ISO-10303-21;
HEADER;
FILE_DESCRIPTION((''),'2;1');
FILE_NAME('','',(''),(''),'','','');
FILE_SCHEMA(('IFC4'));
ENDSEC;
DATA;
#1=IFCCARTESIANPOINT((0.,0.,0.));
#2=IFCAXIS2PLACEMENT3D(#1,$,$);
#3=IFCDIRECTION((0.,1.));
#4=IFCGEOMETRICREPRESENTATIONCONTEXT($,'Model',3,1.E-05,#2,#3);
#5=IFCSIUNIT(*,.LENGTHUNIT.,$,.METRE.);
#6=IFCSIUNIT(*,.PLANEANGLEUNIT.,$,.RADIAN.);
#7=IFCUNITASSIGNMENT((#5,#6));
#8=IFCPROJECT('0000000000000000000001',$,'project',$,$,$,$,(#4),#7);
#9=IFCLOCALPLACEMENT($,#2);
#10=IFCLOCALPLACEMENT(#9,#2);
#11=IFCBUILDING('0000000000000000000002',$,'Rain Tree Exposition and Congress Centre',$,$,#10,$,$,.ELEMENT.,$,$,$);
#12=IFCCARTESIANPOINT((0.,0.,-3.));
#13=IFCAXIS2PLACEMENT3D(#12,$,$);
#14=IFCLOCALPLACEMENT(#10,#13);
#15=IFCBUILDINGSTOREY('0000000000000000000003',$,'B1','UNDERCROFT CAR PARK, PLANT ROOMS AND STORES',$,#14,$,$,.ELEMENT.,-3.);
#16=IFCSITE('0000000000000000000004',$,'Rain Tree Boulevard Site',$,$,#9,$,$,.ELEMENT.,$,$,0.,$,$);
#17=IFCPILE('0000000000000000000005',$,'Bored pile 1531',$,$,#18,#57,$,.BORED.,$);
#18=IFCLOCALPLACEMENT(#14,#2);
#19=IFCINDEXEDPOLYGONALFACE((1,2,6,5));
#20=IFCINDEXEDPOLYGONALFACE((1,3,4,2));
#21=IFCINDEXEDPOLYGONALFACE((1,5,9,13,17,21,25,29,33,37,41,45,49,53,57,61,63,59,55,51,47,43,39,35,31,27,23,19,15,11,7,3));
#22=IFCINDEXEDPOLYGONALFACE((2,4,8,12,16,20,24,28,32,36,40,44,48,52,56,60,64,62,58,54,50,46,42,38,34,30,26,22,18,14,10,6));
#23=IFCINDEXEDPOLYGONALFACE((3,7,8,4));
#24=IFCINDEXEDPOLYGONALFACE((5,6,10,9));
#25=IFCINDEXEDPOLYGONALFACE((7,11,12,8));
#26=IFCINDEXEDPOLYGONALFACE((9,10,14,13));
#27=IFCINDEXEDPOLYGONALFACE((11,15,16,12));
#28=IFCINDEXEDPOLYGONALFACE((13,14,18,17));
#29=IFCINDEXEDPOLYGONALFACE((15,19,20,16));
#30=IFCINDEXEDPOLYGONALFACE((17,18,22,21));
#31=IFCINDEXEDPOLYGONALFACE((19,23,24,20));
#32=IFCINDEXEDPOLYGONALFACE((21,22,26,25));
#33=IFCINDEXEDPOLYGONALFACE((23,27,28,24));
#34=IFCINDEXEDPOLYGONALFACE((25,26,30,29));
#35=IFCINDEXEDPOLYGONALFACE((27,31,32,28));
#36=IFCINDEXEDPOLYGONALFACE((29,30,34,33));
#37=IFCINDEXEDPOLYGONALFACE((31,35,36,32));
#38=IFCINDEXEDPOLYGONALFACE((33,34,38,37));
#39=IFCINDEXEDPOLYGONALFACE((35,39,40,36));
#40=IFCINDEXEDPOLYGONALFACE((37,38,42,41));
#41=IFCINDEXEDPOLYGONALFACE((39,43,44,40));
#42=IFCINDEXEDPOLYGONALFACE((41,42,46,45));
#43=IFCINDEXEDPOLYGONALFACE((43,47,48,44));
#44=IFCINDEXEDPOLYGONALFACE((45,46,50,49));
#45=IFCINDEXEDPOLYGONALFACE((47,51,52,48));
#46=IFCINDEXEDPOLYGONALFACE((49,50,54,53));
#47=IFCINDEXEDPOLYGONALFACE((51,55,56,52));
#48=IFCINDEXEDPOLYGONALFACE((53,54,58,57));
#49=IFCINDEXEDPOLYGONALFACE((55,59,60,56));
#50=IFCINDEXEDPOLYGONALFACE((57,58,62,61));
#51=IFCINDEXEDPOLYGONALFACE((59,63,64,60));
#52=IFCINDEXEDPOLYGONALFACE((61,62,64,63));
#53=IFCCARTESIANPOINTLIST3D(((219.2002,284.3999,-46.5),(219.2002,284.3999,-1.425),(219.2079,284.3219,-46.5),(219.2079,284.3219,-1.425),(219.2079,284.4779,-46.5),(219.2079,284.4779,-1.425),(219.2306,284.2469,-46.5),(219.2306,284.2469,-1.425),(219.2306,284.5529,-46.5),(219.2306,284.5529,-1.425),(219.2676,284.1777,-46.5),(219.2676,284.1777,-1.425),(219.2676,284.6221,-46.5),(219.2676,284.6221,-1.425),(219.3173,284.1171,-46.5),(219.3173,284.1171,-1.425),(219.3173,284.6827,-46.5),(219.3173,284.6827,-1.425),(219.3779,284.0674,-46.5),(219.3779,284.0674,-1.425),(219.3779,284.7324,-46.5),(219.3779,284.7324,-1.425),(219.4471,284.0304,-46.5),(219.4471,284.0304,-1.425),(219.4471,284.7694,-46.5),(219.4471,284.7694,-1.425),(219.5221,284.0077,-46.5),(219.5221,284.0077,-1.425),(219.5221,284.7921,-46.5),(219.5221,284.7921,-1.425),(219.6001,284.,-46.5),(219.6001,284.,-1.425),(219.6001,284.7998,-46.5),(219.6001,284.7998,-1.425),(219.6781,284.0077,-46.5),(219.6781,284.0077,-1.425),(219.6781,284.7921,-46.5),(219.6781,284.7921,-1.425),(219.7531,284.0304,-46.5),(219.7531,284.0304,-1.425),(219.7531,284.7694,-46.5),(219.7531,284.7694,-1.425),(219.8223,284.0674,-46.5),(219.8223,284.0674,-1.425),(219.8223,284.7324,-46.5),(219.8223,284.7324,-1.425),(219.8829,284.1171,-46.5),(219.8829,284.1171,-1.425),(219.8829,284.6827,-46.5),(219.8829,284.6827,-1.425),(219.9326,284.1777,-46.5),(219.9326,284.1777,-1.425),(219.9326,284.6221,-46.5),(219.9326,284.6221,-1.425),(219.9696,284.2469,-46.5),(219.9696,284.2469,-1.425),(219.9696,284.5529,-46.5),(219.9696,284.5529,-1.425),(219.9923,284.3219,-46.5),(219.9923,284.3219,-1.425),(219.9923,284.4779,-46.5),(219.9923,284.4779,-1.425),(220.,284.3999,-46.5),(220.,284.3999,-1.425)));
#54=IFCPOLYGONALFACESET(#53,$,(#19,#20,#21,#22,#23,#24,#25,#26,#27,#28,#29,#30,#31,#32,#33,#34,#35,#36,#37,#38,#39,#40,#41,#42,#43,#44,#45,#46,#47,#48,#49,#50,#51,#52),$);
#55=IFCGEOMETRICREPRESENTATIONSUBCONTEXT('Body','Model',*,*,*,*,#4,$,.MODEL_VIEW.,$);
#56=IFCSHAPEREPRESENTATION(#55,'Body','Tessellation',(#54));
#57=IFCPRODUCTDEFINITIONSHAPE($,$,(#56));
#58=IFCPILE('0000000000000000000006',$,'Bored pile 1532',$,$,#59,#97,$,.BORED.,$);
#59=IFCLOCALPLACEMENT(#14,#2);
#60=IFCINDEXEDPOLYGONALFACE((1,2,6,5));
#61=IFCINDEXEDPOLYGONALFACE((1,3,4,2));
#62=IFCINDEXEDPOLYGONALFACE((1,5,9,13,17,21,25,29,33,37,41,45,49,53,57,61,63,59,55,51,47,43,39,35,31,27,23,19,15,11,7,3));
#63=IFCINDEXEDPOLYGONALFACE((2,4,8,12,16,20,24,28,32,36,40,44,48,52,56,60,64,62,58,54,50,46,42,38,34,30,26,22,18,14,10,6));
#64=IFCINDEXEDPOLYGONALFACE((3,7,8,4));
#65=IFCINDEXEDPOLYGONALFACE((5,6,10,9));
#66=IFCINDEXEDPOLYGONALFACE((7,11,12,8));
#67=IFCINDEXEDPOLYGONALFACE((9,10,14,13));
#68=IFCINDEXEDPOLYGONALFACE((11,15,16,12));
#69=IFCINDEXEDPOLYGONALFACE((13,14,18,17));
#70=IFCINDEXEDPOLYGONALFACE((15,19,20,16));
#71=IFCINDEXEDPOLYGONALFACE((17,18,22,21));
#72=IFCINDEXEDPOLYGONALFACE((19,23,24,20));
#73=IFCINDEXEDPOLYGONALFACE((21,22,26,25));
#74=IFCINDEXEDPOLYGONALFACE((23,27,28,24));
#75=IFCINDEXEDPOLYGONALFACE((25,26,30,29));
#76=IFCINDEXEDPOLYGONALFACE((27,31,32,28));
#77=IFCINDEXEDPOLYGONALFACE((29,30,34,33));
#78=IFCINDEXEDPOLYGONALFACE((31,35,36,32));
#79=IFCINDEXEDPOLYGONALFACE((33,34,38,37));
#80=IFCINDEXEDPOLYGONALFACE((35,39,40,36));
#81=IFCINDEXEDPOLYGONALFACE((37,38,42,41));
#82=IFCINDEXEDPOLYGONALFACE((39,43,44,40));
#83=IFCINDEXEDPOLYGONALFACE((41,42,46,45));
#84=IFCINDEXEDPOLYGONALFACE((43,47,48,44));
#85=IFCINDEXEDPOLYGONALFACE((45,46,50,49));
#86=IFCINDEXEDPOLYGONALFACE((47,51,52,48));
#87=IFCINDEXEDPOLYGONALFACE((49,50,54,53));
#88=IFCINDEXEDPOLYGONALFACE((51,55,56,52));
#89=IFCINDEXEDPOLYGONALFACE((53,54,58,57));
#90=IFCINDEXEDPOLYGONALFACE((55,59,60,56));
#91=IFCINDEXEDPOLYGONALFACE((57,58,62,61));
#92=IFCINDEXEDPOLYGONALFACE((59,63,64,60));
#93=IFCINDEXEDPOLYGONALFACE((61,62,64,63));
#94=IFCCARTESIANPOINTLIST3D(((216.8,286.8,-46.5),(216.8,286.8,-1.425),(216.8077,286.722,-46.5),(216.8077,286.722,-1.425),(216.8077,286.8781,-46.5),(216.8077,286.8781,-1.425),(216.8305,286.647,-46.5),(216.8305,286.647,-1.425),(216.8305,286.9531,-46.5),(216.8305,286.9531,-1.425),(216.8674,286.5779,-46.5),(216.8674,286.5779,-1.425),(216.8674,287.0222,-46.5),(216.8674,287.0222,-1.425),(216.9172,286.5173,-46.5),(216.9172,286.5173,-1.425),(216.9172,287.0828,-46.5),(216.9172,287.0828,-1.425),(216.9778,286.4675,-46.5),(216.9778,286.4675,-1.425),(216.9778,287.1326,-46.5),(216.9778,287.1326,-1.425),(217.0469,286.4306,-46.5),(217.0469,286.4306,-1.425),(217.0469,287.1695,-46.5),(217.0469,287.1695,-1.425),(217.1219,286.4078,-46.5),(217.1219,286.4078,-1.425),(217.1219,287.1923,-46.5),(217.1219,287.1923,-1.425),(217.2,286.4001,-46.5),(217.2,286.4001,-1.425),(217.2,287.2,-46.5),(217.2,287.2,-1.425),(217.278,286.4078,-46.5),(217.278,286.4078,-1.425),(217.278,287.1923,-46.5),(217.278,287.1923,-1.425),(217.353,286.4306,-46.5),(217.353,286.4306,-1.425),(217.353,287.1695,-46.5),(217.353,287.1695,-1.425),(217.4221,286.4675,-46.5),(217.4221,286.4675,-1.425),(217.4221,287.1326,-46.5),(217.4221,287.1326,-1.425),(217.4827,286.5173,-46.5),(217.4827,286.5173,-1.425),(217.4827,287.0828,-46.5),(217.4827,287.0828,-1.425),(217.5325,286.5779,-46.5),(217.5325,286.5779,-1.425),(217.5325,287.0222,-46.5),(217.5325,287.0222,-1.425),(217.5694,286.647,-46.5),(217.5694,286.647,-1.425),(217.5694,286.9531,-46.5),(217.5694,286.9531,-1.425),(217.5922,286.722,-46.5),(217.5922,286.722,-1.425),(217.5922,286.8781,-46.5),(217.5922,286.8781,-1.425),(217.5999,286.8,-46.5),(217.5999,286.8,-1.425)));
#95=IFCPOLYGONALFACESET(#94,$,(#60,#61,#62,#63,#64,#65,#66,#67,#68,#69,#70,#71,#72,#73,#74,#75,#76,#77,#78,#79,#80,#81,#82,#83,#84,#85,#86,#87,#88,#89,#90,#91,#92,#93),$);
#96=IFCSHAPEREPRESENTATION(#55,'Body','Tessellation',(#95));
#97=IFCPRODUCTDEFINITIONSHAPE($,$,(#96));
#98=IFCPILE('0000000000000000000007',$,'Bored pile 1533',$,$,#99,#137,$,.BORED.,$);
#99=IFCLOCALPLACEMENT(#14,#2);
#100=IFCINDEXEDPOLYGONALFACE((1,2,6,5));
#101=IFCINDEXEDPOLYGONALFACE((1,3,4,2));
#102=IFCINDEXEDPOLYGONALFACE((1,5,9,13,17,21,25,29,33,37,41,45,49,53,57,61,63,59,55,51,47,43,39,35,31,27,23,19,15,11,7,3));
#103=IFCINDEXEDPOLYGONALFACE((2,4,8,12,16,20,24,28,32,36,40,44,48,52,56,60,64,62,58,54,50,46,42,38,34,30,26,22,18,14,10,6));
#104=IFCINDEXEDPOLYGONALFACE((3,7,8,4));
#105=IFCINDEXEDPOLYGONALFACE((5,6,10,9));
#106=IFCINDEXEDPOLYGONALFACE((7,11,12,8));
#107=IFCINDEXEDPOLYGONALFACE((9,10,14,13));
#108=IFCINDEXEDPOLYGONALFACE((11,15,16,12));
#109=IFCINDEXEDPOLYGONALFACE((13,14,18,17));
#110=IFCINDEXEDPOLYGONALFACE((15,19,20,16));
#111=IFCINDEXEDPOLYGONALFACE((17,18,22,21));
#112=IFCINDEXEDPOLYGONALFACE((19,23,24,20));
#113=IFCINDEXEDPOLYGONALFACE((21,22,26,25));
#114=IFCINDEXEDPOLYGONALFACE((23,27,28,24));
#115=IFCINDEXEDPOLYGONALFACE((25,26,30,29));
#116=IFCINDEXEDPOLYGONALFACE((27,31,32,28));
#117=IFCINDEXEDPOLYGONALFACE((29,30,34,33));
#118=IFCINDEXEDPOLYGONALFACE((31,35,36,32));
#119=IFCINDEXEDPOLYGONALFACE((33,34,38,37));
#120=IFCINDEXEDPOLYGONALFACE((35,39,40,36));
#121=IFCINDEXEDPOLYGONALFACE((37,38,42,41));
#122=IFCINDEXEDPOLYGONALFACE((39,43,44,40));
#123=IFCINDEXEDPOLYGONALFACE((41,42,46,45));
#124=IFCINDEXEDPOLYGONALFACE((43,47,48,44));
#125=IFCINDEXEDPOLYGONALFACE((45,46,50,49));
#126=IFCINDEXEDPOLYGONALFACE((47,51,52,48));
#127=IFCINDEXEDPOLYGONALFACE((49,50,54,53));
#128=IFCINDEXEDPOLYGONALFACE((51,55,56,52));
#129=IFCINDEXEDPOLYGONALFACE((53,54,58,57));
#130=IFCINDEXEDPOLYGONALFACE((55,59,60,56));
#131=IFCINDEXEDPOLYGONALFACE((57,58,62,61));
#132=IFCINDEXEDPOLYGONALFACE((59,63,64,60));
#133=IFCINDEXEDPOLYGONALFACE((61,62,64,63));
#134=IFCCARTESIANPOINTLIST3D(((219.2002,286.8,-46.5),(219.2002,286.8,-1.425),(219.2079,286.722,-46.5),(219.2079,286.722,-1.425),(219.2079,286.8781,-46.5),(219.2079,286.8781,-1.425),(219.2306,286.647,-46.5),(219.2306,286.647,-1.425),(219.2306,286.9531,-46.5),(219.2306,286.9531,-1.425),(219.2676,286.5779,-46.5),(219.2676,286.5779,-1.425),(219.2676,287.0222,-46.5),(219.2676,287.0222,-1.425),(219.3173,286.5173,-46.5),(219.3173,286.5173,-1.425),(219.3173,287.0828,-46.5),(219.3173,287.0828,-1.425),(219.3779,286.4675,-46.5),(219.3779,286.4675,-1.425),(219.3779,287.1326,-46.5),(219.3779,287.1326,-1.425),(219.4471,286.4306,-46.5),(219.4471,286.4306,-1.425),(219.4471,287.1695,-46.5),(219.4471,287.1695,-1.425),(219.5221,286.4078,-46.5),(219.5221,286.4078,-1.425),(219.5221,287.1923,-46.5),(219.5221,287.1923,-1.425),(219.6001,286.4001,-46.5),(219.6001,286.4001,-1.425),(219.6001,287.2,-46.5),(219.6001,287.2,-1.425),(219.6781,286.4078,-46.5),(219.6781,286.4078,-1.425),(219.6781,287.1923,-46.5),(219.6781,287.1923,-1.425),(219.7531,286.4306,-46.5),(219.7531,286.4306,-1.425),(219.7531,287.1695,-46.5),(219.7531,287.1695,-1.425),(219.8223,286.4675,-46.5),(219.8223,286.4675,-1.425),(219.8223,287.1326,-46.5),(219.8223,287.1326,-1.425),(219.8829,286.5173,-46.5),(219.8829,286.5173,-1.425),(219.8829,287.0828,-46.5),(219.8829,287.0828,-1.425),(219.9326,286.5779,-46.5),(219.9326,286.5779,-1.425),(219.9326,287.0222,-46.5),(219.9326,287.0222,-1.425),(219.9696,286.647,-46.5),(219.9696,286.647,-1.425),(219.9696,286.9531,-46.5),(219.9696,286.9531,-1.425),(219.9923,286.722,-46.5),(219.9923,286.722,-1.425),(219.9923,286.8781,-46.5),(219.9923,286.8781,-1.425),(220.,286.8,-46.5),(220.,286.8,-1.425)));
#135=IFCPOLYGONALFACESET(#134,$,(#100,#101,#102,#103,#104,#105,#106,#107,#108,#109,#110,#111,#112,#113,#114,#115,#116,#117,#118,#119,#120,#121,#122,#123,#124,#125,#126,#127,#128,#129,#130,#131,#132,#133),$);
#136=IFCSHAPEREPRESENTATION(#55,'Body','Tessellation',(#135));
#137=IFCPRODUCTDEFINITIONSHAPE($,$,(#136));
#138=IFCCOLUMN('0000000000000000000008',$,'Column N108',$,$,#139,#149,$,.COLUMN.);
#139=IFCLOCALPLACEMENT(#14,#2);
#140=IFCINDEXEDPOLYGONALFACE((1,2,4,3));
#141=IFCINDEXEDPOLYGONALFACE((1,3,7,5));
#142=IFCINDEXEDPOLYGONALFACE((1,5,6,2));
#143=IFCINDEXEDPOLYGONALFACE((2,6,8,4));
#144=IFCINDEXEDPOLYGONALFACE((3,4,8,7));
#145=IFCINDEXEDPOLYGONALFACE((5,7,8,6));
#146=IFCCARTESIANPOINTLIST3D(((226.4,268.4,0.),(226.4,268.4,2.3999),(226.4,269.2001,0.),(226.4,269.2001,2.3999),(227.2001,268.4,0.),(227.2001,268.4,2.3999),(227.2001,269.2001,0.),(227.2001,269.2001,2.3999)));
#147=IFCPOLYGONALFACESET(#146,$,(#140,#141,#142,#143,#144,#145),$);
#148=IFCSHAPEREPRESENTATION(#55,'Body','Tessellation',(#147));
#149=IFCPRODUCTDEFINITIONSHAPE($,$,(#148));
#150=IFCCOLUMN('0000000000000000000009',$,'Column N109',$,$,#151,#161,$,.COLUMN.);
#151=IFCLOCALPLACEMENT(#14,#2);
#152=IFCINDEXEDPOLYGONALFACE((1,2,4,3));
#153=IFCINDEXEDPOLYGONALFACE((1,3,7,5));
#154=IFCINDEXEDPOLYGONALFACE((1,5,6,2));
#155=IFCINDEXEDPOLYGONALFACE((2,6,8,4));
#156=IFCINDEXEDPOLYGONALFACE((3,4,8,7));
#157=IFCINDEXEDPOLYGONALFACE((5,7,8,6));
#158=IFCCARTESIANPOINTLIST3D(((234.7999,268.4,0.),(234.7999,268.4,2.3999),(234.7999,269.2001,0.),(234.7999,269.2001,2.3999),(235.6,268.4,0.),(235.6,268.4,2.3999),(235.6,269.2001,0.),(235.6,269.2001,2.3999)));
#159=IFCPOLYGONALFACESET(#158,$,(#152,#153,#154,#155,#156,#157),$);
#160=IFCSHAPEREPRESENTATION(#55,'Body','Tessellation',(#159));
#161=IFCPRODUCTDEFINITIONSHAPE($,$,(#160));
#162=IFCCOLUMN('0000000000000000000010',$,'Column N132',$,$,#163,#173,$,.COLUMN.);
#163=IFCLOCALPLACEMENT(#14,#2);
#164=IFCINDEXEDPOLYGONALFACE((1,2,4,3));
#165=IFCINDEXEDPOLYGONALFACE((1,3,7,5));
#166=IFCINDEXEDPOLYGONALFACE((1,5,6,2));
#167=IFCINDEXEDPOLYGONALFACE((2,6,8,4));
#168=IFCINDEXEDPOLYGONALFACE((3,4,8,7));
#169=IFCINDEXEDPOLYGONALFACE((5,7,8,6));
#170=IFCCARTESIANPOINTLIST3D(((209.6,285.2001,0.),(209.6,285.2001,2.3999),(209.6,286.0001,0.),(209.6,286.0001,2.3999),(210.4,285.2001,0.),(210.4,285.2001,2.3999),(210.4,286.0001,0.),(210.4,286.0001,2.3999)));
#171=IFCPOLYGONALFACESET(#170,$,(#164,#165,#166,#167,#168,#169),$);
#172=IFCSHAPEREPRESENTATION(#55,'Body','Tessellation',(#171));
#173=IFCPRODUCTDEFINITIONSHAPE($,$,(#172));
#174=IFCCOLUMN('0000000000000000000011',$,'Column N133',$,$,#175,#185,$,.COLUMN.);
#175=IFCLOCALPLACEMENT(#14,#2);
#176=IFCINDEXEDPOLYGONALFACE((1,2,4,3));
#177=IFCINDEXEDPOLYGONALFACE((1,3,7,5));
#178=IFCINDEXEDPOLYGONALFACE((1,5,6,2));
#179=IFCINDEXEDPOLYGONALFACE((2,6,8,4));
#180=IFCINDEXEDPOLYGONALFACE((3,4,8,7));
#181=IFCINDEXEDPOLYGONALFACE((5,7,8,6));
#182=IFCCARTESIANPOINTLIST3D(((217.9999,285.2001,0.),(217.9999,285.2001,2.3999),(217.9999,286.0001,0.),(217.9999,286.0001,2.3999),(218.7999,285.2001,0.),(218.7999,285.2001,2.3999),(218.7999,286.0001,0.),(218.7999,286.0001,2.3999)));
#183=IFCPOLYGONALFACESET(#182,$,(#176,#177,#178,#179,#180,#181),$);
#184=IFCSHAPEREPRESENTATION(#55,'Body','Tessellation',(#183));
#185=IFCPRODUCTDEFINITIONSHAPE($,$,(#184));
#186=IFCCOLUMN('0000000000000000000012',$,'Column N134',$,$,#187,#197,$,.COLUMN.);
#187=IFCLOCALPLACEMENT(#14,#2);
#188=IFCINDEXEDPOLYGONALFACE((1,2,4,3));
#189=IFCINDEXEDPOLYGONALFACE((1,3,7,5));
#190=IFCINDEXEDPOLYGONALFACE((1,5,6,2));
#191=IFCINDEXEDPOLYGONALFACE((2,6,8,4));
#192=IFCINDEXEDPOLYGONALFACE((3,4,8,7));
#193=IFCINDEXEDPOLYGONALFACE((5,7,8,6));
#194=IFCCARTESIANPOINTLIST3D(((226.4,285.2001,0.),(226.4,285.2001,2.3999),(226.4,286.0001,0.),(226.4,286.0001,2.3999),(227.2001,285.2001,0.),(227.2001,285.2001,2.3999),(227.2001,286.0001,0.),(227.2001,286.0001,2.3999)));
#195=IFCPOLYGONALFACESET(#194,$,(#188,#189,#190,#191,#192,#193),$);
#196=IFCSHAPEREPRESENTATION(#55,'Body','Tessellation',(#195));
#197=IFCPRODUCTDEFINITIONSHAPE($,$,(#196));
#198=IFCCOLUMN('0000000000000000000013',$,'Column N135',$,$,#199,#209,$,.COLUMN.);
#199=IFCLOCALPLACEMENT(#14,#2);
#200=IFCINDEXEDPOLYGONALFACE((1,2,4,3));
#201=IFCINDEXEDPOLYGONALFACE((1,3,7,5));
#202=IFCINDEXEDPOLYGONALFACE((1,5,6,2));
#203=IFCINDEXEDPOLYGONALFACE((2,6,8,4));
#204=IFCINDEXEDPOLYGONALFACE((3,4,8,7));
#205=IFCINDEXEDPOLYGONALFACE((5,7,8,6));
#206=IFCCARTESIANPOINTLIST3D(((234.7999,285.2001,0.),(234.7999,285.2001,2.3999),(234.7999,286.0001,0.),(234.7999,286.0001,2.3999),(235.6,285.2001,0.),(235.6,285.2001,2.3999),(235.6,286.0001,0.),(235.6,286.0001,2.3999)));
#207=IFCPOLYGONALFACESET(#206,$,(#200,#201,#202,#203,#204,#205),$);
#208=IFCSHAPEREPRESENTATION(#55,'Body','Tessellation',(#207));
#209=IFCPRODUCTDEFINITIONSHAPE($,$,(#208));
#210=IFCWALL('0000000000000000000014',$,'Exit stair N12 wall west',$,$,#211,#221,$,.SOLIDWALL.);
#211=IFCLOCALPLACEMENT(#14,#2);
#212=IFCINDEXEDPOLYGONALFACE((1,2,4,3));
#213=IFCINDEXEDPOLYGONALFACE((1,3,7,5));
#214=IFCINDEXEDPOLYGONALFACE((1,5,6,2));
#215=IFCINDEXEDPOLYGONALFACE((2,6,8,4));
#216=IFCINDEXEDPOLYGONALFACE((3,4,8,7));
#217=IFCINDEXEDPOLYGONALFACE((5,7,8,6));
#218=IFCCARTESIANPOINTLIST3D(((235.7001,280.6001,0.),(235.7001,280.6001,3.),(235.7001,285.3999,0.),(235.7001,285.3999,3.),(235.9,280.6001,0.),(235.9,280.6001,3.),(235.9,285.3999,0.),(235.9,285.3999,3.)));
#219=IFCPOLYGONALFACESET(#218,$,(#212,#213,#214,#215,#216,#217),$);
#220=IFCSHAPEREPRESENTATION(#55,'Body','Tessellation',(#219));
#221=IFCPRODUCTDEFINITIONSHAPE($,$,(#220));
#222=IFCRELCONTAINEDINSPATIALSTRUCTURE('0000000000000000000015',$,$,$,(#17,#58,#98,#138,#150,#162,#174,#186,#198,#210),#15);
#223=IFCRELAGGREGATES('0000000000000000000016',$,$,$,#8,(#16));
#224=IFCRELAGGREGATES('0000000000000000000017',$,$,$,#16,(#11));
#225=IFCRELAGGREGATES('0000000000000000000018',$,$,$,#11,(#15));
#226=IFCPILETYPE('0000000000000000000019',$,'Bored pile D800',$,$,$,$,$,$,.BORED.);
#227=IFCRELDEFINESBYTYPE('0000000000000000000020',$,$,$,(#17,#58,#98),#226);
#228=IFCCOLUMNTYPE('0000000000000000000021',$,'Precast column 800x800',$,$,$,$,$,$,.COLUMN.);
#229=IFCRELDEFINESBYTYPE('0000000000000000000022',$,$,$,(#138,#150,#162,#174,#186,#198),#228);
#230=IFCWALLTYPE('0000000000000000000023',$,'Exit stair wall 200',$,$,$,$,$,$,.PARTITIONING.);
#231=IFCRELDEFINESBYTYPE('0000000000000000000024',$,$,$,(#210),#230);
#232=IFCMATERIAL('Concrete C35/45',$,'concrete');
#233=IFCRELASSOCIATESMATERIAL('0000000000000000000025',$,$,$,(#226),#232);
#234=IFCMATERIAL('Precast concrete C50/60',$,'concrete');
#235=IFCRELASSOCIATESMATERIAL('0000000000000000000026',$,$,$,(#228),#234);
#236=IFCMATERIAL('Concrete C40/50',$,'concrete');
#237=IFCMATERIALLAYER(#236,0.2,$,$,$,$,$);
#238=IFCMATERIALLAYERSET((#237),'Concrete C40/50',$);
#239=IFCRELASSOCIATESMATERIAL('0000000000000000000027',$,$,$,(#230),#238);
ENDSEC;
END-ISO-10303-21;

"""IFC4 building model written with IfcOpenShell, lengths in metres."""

from ifc_helpers import new_model, si_unit, direction, frame, frame_2d, origin, origin_2d, place, context, subcontext, project, spatial, rectangle, circle, extrude, material, layer, layer_set, material_profile, profile_set, type_object, element, save


model = new_model("IFC4")

# Units and contexts
model_context = context("Model", 3, precision=1e-05, world=origin(), true_north=direction((0.0, 1.0)))
body_context = subcontext(model_context, "Body", "Model", "MODEL_VIEW")
ifc_project = project(units=[si_unit("LENGTHUNIT", "METRE"), si_unit("PLANEANGLEUNIT", "RADIAN")], contexts=[model_context])

# Site, building, storey
site_placement = place(None, origin())
site = spatial("IfcSite", under=ifc_project, at=site_placement, Name="Rain Tree Boulevard Site", CompositionType="ELEMENT", RefElevation=0.0)
building_placement = place(site_placement, origin())
building = spatial("IfcBuilding", under=site, at=building_placement, Name="Rain Tree Exposition and Congress Centre", CompositionType="ELEMENT")
storey_placement = place(building_placement, frame((0.0, 0.0, -3.0)))
storey = spatial("IfcBuildingStorey", under=building, at=storey_placement, Name="B1", Description="UNDERCROFT CAR PARK, PLANT ROOMS AND STORES", CompositionType="ELEMENT", Elevation=-3.0)

# Piles
ifc_material_1 = material(Name="Concrete C35/45", Category="concrete")
ifc_material_profile_1 = material_profile(ifc_material_1, circle(Radius=0.3999, at=origin_2d()), Name="D800")
ifc_profile_set_1 = profile_set([ifc_material_profile_1], Name="Concrete C35/45")
pile_type_1 = type_object("IfcPileType", Name="Bored pile D800", PredefinedType="BORED", material=ifc_profile_set_1)
for number, where, z_axis, x_axis, name in (
    (1, (219.6001, 284.3999, -1.425), (0.0, 0.0, -1.0), (1.0, 0.0, 0.0), "Bored pile 1531"),
    (2, (217.2, 286.8, -1.425), (0.0, 0.0, -1.0), (1.0, 0.0, 0.0), "Bored pile 1532"),
    (3, (219.6001, 286.8, -1.425), (0.0, 0.0, -1.0), (1.0, 0.0, 0.0), "Bored pile 1533"),
):
    element("IfcPile", number, at=place(storey_placement, frame(where, z_axis=z_axis, x_axis=x_axis)), inside=storey, type_object=pile_type_1, Name=name, PredefinedType="BORED", context=body_context, shape_type="SweptSolid", body=[
        extrude(circle(Radius=0.3999, at=origin_2d()), origin(), (0.0, 0.0, 1.0), 45.075),
    ])

# Columns
ifc_material_2 = material(Name="Precast concrete C50/60", Category="concrete")
ifc_material_profile_2 = material_profile(ifc_material_2, rectangle(XDim=0.8, YDim=0.8, at=origin_2d()), Name="RC 800x800")
ifc_profile_set_2 = profile_set([ifc_material_profile_2], Name="Precast concrete C50/60")
column_type = type_object("IfcColumnType", Name="Precast column 800x800", PredefinedType="COLUMN", material=ifc_profile_set_2)
for number, where, z_axis, x_axis, name in (
    (4, (226.8, 268.8, 0.0), (0.0, 0.0, 1.0), (1.0, 0.0, 0.0), "Column N108"),
    (5, (235.2, 268.8, 0.0), (0.0, 0.0, 1.0), (1.0, 0.0, 0.0), "Column N109"),
    (6, (210.0, 285.6001, 0.0), (0.0, 0.0, 1.0), (1.0, 0.0, 0.0), "Column N132"),
    (7, (218.3999, 285.6001, 0.0), (0.0, 0.0, 1.0), (1.0, 0.0, 0.0), "Column N133"),
    (8, (226.8, 285.6001, 0.0), (0.0, 0.0, 1.0), (1.0, 0.0, 0.0), "Column N134"),
    (9, (235.2, 285.6001, 0.0), (0.0, 0.0, 1.0), (1.0, 0.0, 0.0), "Column N135"),
):
    element("IfcColumn", number, at=place(storey_placement, frame(where, z_axis=z_axis, x_axis=x_axis)), inside=storey, type_object=column_type, Name=name, PredefinedType="COLUMN", context=body_context, shape_type="SweptSolid", body=[
        extrude(rectangle(XDim=0.8, YDim=0.8, at=origin_2d()), origin(), (0.0, 0.0, 1.0), 2.3999),
    ])

# Wall
ifc_material_3 = material(Name="Concrete C40/50", Category="concrete")
ifc_layer = layer(ifc_material_3, 0.2)
ifc_layer_set = layer_set([ifc_layer], Name="Concrete C40/50")
wall_type = type_object("IfcWallType", Name="Exit stair wall 200", PredefinedType="PARTITIONING", material=ifc_layer_set)
wall_1_placement = place(storey_placement, frame((235.8, 280.6001, 0.0), z_axis=(0.0, 0.0, 1.0), x_axis=(0.0, 1.0, 0.0)))
element("IfcWall", 10, at=wall_1_placement, inside=storey, type_object=wall_type, Name="Exit stair N12 wall west", PredefinedType="SOLIDWALL", context=body_context, shape_type="SweptSolid", body=[
    extrude(rectangle(XDim=4.7998, YDim=0.2, at=frame_2d((2.3999, 0.0))), origin(), (0.0, 0.0, 1.0), 3.0),
])

save(model, "model.ifc")
